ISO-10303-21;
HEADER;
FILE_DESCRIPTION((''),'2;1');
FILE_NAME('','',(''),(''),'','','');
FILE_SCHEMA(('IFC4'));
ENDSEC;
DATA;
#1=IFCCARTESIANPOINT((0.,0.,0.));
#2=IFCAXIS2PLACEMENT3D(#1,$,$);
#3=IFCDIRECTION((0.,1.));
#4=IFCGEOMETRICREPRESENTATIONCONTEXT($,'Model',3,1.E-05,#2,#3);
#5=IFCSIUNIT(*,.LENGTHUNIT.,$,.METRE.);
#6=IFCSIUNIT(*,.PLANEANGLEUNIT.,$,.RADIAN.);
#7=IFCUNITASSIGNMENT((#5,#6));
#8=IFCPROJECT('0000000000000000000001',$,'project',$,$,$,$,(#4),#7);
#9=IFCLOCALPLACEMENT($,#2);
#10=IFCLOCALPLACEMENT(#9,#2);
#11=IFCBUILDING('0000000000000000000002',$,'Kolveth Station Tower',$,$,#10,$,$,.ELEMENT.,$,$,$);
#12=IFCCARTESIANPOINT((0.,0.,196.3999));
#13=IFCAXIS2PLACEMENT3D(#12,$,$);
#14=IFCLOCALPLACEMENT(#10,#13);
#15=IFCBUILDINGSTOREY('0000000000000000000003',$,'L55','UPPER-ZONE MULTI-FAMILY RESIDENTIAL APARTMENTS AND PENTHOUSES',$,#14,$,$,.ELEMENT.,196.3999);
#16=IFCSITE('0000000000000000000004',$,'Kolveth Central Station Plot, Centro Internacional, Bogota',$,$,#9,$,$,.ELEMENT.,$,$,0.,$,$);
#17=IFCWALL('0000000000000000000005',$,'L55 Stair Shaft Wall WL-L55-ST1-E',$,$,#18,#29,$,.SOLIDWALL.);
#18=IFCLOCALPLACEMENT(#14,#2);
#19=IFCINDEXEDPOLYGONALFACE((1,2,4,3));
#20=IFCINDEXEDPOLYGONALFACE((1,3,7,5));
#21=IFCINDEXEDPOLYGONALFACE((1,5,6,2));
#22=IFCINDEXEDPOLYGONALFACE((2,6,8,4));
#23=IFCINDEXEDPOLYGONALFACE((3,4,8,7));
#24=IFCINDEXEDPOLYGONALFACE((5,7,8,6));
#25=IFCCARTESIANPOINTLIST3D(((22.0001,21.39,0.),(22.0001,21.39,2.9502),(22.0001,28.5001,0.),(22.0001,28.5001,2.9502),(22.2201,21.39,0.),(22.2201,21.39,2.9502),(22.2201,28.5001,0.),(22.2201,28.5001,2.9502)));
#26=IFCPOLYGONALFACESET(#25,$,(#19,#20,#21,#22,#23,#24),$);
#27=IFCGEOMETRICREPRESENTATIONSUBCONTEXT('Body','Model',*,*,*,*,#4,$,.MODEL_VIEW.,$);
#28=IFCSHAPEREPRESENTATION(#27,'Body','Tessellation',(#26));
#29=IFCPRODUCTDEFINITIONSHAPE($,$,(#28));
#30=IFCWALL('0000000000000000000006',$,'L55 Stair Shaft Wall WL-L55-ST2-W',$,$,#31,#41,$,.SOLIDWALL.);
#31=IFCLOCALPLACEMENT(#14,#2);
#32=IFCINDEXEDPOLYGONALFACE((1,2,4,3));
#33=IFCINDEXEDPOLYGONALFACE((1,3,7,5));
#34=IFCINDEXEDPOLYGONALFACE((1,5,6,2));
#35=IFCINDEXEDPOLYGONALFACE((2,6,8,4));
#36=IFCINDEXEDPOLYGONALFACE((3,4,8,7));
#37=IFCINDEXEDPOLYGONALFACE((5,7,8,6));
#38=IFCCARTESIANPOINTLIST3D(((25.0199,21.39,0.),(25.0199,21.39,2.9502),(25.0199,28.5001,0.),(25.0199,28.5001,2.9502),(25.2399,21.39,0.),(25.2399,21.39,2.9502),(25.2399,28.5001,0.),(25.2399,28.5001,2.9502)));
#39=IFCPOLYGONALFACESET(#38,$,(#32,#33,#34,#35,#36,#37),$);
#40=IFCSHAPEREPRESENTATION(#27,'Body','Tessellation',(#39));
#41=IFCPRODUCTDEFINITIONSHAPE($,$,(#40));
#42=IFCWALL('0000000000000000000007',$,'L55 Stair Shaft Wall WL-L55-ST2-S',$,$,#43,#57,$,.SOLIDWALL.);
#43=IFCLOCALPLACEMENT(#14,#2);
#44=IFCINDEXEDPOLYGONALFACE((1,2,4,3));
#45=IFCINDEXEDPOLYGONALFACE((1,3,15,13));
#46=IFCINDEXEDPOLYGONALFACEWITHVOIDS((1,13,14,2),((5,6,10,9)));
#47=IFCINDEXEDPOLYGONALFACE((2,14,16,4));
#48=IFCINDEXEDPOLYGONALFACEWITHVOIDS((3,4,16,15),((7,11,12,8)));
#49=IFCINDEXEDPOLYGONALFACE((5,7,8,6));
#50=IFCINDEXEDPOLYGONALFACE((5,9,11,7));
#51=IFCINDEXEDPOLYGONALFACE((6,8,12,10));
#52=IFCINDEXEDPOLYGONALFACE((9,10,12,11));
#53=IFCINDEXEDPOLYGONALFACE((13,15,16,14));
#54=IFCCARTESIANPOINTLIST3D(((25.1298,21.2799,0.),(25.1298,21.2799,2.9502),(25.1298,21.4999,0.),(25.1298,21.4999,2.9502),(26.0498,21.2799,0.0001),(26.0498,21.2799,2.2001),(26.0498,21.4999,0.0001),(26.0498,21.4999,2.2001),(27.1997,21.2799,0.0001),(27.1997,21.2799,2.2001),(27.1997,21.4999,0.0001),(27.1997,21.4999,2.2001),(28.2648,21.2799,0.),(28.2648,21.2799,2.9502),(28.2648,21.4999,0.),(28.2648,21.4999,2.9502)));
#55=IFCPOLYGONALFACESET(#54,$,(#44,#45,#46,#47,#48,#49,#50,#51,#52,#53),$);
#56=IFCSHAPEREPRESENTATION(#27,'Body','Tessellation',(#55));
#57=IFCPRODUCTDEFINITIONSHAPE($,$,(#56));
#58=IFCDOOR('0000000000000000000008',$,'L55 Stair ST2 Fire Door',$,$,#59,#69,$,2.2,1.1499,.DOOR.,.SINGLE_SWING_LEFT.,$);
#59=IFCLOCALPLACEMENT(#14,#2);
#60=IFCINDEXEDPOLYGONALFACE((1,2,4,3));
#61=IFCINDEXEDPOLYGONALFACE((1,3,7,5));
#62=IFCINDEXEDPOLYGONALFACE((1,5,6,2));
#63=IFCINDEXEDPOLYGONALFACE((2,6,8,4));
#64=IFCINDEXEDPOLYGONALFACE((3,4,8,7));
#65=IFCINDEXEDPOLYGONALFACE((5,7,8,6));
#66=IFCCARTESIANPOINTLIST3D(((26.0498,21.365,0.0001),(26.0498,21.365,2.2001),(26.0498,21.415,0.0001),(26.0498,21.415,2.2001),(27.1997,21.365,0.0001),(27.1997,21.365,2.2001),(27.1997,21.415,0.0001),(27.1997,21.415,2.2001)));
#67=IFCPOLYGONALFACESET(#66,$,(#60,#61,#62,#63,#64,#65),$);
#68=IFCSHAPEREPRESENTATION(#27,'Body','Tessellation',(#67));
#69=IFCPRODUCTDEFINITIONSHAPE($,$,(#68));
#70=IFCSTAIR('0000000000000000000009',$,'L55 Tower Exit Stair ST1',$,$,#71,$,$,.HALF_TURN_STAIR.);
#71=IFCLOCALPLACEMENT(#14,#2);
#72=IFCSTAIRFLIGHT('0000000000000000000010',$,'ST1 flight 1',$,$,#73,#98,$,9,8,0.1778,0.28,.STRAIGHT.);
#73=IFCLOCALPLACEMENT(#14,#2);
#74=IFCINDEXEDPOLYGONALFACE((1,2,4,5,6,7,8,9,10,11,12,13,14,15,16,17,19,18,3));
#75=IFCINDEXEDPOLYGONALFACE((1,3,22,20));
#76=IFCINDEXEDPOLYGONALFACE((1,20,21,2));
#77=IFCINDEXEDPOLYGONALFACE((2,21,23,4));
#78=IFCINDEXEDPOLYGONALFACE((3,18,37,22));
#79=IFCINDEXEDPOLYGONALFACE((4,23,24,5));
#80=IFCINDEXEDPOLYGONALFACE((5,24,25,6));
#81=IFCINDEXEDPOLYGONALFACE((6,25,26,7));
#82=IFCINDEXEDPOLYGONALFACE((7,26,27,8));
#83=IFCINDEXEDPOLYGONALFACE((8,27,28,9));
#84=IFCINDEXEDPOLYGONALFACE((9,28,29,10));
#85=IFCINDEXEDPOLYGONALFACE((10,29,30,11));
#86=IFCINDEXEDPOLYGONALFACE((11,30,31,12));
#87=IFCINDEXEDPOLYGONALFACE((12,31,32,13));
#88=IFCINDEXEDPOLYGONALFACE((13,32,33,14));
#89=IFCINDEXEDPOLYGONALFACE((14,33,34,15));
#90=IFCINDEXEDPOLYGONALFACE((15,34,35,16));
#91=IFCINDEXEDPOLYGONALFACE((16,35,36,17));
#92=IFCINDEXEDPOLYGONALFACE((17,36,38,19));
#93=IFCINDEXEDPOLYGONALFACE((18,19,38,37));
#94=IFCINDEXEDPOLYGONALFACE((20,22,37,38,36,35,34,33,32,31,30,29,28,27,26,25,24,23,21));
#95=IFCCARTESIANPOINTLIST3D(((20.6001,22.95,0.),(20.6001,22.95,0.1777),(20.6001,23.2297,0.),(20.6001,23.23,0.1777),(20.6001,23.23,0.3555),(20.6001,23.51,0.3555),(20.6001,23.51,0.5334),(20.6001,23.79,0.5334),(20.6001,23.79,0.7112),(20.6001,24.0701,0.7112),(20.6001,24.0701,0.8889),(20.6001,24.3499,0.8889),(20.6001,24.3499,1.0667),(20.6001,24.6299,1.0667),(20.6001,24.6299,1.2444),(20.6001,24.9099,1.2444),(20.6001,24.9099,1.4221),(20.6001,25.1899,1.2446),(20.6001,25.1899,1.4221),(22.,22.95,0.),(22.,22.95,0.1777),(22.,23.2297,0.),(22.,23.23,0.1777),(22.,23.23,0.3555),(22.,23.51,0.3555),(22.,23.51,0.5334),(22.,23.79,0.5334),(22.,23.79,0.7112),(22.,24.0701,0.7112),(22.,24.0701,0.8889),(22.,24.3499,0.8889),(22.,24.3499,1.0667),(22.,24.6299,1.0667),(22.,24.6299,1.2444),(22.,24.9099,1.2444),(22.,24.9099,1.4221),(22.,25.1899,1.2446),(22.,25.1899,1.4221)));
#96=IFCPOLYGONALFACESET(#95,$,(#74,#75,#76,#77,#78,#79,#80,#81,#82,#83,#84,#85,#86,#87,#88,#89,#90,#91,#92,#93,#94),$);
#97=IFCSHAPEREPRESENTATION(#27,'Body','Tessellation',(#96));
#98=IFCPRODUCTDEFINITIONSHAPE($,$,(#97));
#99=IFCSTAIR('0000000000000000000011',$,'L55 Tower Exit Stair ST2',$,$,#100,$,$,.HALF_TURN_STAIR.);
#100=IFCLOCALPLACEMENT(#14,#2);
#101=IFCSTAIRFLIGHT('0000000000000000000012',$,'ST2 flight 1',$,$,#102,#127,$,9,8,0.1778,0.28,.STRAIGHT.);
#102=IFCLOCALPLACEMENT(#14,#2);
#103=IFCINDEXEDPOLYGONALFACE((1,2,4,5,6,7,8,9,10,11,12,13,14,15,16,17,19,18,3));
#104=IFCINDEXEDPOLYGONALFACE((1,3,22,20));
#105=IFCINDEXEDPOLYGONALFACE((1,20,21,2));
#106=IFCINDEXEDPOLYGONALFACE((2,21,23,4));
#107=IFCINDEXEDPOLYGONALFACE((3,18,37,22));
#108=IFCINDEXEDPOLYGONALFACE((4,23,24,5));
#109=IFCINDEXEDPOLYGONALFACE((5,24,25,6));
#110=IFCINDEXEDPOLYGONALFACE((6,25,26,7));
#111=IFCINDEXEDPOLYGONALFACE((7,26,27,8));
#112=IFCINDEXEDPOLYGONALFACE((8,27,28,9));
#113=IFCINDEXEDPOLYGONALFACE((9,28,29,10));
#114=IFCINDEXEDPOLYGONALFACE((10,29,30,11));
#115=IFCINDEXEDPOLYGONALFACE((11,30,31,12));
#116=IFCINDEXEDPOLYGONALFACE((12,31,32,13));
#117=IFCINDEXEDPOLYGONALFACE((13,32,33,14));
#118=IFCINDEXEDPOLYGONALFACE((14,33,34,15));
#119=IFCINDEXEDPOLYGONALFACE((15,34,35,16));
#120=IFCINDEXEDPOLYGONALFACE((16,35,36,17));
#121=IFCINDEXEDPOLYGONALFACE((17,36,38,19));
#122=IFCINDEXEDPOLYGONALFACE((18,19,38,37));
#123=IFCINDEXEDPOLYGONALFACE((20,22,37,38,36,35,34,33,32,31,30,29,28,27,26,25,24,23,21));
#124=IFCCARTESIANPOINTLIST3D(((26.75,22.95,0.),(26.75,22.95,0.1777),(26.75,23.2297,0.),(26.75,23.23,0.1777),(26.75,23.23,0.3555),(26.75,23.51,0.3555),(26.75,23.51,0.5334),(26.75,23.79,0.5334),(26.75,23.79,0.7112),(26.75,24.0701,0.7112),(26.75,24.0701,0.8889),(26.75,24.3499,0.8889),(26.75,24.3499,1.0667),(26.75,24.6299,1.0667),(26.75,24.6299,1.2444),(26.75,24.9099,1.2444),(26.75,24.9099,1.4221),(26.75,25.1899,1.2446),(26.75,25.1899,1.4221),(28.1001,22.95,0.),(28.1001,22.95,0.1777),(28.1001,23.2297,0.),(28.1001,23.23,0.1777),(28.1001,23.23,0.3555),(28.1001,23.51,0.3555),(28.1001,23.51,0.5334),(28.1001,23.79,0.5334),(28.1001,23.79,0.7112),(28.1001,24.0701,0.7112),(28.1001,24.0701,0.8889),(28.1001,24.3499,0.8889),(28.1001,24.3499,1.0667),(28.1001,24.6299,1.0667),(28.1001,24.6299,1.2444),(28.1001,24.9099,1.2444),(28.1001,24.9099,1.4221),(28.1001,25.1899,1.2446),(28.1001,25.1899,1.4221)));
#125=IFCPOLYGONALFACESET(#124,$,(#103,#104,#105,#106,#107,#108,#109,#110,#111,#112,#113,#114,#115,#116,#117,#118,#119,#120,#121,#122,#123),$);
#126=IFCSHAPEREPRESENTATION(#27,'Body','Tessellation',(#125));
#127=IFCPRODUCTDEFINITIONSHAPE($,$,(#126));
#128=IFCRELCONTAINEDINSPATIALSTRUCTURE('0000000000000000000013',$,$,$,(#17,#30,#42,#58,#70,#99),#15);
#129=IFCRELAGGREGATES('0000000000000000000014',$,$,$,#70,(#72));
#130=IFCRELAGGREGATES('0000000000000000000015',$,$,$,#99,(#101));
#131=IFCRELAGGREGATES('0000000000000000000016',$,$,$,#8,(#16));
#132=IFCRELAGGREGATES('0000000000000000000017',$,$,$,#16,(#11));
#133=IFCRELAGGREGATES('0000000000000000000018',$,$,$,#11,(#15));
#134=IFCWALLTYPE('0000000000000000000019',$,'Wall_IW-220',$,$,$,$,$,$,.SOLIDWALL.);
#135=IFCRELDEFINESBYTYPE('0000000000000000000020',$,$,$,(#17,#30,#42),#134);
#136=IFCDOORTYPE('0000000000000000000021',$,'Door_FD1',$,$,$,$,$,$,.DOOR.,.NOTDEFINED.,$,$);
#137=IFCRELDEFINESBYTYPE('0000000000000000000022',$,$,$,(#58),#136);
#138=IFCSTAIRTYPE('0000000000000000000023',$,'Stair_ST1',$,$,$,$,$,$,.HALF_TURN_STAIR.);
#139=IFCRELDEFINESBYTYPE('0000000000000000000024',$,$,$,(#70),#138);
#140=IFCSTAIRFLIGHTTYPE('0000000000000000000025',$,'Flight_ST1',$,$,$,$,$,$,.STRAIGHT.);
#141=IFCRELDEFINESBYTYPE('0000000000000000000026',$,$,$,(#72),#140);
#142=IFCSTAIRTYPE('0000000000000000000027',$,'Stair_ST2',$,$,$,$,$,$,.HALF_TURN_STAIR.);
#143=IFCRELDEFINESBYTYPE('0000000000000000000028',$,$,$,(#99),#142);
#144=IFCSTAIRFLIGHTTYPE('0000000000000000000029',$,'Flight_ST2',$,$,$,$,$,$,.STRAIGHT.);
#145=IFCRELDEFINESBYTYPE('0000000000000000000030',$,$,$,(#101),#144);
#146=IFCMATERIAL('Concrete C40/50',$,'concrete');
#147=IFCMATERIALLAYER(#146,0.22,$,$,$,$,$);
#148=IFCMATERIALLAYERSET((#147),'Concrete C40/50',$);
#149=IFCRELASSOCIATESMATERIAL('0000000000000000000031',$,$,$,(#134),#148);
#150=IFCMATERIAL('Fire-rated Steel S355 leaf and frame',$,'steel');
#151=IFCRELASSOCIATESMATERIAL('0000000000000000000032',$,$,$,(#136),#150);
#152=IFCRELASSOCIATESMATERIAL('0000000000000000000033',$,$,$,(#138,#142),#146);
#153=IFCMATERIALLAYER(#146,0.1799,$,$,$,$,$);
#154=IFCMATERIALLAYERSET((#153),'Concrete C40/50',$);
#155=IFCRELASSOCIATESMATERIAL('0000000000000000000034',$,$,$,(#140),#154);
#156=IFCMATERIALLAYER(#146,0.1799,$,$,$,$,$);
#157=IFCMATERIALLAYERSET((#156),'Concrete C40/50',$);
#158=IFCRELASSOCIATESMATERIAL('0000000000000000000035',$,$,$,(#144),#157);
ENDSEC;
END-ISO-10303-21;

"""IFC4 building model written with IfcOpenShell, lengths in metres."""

from ifc_helpers import new_model, si_unit, direction, frame, frame_2d, origin, place, context, subcontext, project, spatial, polyline, rectangle, outline, extrude, material, layer, layer_set, type_object, element, fill, aggregate, save


model = new_model("IFC4")

# Units and contexts
model_context = context("Model", 3, precision=1e-05, world=origin(), true_north=direction((0.0, 1.0)))
body_context = subcontext(model_context, "Body", "Model", "MODEL_VIEW")
ifc_project = project(units=[si_unit("LENGTHUNIT", "METRE"), si_unit("PLANEANGLEUNIT", "RADIAN")], contexts=[model_context])

# Site, building, storey
site_placement = place(None, origin())
site = spatial("IfcSite", under=ifc_project, at=site_placement, Name="Kolveth Central Station Plot, Centro Internacional, Bogota", CompositionType="ELEMENT", RefElevation=0.0)
building_placement = place(site_placement, origin())
building = spatial("IfcBuilding", under=site, at=building_placement, Name="Kolveth Station Tower", CompositionType="ELEMENT")
storey_placement = place(building_placement, frame((0.0, 0.0, 196.3999)))
storey = spatial("IfcBuildingStorey", under=building, at=storey_placement, Name="L55", Description="UPPER-ZONE MULTI-FAMILY RESIDENTIAL APARTMENTS AND PENTHOUSES", CompositionType="ELEMENT", Elevation=196.3999)

# Walls
ifc_material_1 = material(Name="Concrete C40/50", Category="concrete")
ifc_layer_1 = layer(ifc_material_1, 0.22)
ifc_layer_set_1 = layer_set([ifc_layer_1], Name="Concrete C40/50")
wall_type_1 = type_object("IfcWallType", Name="Wall_IW-220", PredefinedType="SOLIDWALL", material=ifc_layer_set_1)
for number, where, z_axis, x_axis, name in (
    (1, (22.1101, 21.3899, 0.0), (0.0, 0.0, 1.0), (0.0, 1.0, 0.0), "L55 Stair Shaft Wall WL-L55-ST1-E"),
    (2, (25.1299, 21.3899, 0.0), (0.0, 0.0, 1.0), (0.0, 1.0, 0.0), "L55 Stair Shaft Wall WL-L55-ST2-W"),
):
    element("IfcWall", number, at=place(storey_placement, frame(where, z_axis=z_axis, x_axis=x_axis)), inside=storey, type_object=wall_type_1, Name=name, PredefinedType="SOLIDWALL", context=body_context, shape_type="SweptSolid", body=[
        extrude(rectangle(XDim=7.1101, YDim=0.22, at=frame_2d((3.5552, 0.0))), origin(), (0.0, 0.0, 1.0), 2.9502),
    ])

# Wall, opening, door
wall_1_placement = place(storey_placement, frame((25.1299, 21.3899, 0.0), z_axis=(0.0, 0.0, 1.0), x_axis=(1.0, 0.0, 0.0)))
wall_1 = element("IfcWall", 3, at=wall_1_placement, inside=storey, type_object=wall_type_1, Name="L55 Stair Shaft Wall WL-L55-ST2-S", PredefinedType="SOLIDWALL", context=body_context, shape_type="SweptSolid", body=[
    extrude(rectangle(XDim=3.135, YDim=0.22, at=frame_2d((1.5674, 0.0))), origin(), (0.0, 0.0, 1.0), 2.9502),
])
opening_placement = place(wall_1_placement, frame((0.9199, 0.0, 0.0)))
opening = element("IfcOpeningElement", 4, at=opening_placement, cuts=wall_1, PredefinedType="OPENING", context=body_context, shape_type="SweptSolid", body=[
    extrude(rectangle(XDim=1.1499, YDim=2.2, at=frame_2d((0.575, 1.1001))), frame((0.0, 0.1199, 0.0), z_axis=(0.0, -1.0, 0.0), x_axis=(1.0, 0.0, 0.0)), (0.0, 0.0, 1.0), 0.24),
])
ifc_material_2 = material(Name="Fire-rated Steel S355 leaf and frame", Category="steel")
door_type = type_object("IfcDoorType", Name="Door_FD1", OperationType="NOTDEFINED", PredefinedType="DOOR", material=ifc_material_2)
door_placement = place(opening_placement, frame((1.1499, 0.0, 0.0), z_axis=(0.0, 0.0, 1.0), x_axis=(-1.0, 0.0, 0.0)))
door = element("IfcDoor", 5, at=door_placement, inside=storey, type_object=door_type, Name="L55 Stair ST2 Fire Door", OperationType="SINGLE_SWING_LEFT", OverallHeight=2.2, OverallWidth=1.1499, PredefinedType="DOOR", context=body_context, shape_type="SweptSolid", body=[
    extrude(rectangle(XDim=1.1499, YDim=2.2, at=frame_2d((0.575, 1.1001))), frame((0.0, 0.0249, 0.0), z_axis=(0.0, -1.0, 0.0), x_axis=(1.0, 0.0, 0.0)), (0.0, 0.0, 1.0), 0.05),
])
fill(opening, door)

# Stairs, stair flights
stair_type_1 = type_object("IfcStairType", Name="Stair_ST1", PredefinedType="HALF_TURN_STAIR", material=ifc_material_1)
stair_1_placement = place(storey_placement, origin())
stair_1 = element("IfcStair", 6, at=stair_1_placement, inside=storey, type_object=stair_type_1, Name="L55 Tower Exit Stair ST1", PredefinedType="HALF_TURN_STAIR")
ifc_layer_2 = layer(ifc_material_1, 0.1799)
ifc_layer_set_2 = layer_set([ifc_layer_2], Name="Concrete C40/50")
stair_flight_type_1 = type_object("IfcStairFlightType", Name="Flight_ST1", PredefinedType="STRAIGHT", material=ifc_layer_set_2)
stair_flight_1_placement = place(storey_placement, frame((21.3, 22.95, 0.0), z_axis=(0.0, 0.0, 1.0), x_axis=(0.0, 1.0, 0.0)))
stair_flight_1 = element("IfcStairFlight", 7, at=stair_flight_1_placement, type_object=stair_flight_type_1, Name="ST1 flight 1", NumberOfRisers=9, NumberOfTreads=8, PredefinedType="STRAIGHT", RiserHeight=0.1778, TreadLength=0.28, context=body_context, shape_type="SweptSolid", body=[
    extrude(outline(polyline([(0.0, 0.0), (0.0, 0.1777), (0.28, 0.1777), (0.28, 0.3555), (0.5601, 0.3555), (0.5601, 0.5334), (0.8401, 0.5334), (0.8401, 0.7112), (1.1201, 0.7112), (1.1201, 0.8889), (1.3999, 0.8889), (1.3999, 1.0667), (1.6799, 1.0667), (1.6799, 1.2444), (1.96, 1.2444), (1.96, 1.4221), (2.24, 1.4221), (2.24, 1.6001), (2.24, 1.2446), (0.2798, 0.0), (0.0, 0.0)])), frame((0.0, 0.7, 0.0), z_axis=(0.0, -1.0, 0.0), x_axis=(1.0, 0.0, 0.0)), (0.0, 0.0, 1.0), 1.3999),
])
aggregate(stair_1, [stair_flight_1])
stair_type_2 = type_object("IfcStairType", Name="Stair_ST2", PredefinedType="HALF_TURN_STAIR", material=ifc_material_1)
stair_2_placement = place(storey_placement, origin())
stair_2 = element("IfcStair", 8, at=stair_2_placement, inside=storey, type_object=stair_type_2, Name="L55 Tower Exit Stair ST2", PredefinedType="HALF_TURN_STAIR")
ifc_layer_3 = layer(ifc_material_1, 0.1799)
ifc_layer_set_3 = layer_set([ifc_layer_3], Name="Concrete C40/50")
stair_flight_type_2 = type_object("IfcStairFlightType", Name="Flight_ST2", PredefinedType="STRAIGHT", material=ifc_layer_set_3)
stair_flight_2_placement = place(storey_placement, frame((27.425, 22.95, 0.0), z_axis=(0.0, 0.0, 1.0), x_axis=(0.0, 1.0, 0.0)))
stair_flight_2 = element("IfcStairFlight", 9, at=stair_flight_2_placement, type_object=stair_flight_type_2, Name="ST2 flight 1", NumberOfRisers=9, NumberOfTreads=8, PredefinedType="STRAIGHT", RiserHeight=0.1778, TreadLength=0.28, context=body_context, shape_type="SweptSolid", body=[
    extrude(outline(polyline([(0.0, 0.0), (0.0, 0.1777), (0.28, 0.1777), (0.28, 0.3555), (0.5601, 0.3555), (0.5601, 0.5334), (0.8401, 0.5334), (0.8401, 0.7112), (1.1201, 0.7112), (1.1201, 0.8889), (1.3999, 0.8889), (1.3999, 1.0667), (1.6799, 1.0667), (1.6799, 1.2444), (1.96, 1.2444), (1.96, 1.4221), (2.24, 1.4221), (2.24, 1.6001), (2.24, 1.2446), (0.2798, 0.0), (0.0, 0.0)])), frame((0.0, 0.675, 0.0), z_axis=(0.0, -1.0, 0.0), x_axis=(1.0, 0.0, 0.0)), (0.0, 0.0, 1.0), 1.3501),
])
aggregate(stair_2, [stair_flight_2])

save(model, "model.ifc")
